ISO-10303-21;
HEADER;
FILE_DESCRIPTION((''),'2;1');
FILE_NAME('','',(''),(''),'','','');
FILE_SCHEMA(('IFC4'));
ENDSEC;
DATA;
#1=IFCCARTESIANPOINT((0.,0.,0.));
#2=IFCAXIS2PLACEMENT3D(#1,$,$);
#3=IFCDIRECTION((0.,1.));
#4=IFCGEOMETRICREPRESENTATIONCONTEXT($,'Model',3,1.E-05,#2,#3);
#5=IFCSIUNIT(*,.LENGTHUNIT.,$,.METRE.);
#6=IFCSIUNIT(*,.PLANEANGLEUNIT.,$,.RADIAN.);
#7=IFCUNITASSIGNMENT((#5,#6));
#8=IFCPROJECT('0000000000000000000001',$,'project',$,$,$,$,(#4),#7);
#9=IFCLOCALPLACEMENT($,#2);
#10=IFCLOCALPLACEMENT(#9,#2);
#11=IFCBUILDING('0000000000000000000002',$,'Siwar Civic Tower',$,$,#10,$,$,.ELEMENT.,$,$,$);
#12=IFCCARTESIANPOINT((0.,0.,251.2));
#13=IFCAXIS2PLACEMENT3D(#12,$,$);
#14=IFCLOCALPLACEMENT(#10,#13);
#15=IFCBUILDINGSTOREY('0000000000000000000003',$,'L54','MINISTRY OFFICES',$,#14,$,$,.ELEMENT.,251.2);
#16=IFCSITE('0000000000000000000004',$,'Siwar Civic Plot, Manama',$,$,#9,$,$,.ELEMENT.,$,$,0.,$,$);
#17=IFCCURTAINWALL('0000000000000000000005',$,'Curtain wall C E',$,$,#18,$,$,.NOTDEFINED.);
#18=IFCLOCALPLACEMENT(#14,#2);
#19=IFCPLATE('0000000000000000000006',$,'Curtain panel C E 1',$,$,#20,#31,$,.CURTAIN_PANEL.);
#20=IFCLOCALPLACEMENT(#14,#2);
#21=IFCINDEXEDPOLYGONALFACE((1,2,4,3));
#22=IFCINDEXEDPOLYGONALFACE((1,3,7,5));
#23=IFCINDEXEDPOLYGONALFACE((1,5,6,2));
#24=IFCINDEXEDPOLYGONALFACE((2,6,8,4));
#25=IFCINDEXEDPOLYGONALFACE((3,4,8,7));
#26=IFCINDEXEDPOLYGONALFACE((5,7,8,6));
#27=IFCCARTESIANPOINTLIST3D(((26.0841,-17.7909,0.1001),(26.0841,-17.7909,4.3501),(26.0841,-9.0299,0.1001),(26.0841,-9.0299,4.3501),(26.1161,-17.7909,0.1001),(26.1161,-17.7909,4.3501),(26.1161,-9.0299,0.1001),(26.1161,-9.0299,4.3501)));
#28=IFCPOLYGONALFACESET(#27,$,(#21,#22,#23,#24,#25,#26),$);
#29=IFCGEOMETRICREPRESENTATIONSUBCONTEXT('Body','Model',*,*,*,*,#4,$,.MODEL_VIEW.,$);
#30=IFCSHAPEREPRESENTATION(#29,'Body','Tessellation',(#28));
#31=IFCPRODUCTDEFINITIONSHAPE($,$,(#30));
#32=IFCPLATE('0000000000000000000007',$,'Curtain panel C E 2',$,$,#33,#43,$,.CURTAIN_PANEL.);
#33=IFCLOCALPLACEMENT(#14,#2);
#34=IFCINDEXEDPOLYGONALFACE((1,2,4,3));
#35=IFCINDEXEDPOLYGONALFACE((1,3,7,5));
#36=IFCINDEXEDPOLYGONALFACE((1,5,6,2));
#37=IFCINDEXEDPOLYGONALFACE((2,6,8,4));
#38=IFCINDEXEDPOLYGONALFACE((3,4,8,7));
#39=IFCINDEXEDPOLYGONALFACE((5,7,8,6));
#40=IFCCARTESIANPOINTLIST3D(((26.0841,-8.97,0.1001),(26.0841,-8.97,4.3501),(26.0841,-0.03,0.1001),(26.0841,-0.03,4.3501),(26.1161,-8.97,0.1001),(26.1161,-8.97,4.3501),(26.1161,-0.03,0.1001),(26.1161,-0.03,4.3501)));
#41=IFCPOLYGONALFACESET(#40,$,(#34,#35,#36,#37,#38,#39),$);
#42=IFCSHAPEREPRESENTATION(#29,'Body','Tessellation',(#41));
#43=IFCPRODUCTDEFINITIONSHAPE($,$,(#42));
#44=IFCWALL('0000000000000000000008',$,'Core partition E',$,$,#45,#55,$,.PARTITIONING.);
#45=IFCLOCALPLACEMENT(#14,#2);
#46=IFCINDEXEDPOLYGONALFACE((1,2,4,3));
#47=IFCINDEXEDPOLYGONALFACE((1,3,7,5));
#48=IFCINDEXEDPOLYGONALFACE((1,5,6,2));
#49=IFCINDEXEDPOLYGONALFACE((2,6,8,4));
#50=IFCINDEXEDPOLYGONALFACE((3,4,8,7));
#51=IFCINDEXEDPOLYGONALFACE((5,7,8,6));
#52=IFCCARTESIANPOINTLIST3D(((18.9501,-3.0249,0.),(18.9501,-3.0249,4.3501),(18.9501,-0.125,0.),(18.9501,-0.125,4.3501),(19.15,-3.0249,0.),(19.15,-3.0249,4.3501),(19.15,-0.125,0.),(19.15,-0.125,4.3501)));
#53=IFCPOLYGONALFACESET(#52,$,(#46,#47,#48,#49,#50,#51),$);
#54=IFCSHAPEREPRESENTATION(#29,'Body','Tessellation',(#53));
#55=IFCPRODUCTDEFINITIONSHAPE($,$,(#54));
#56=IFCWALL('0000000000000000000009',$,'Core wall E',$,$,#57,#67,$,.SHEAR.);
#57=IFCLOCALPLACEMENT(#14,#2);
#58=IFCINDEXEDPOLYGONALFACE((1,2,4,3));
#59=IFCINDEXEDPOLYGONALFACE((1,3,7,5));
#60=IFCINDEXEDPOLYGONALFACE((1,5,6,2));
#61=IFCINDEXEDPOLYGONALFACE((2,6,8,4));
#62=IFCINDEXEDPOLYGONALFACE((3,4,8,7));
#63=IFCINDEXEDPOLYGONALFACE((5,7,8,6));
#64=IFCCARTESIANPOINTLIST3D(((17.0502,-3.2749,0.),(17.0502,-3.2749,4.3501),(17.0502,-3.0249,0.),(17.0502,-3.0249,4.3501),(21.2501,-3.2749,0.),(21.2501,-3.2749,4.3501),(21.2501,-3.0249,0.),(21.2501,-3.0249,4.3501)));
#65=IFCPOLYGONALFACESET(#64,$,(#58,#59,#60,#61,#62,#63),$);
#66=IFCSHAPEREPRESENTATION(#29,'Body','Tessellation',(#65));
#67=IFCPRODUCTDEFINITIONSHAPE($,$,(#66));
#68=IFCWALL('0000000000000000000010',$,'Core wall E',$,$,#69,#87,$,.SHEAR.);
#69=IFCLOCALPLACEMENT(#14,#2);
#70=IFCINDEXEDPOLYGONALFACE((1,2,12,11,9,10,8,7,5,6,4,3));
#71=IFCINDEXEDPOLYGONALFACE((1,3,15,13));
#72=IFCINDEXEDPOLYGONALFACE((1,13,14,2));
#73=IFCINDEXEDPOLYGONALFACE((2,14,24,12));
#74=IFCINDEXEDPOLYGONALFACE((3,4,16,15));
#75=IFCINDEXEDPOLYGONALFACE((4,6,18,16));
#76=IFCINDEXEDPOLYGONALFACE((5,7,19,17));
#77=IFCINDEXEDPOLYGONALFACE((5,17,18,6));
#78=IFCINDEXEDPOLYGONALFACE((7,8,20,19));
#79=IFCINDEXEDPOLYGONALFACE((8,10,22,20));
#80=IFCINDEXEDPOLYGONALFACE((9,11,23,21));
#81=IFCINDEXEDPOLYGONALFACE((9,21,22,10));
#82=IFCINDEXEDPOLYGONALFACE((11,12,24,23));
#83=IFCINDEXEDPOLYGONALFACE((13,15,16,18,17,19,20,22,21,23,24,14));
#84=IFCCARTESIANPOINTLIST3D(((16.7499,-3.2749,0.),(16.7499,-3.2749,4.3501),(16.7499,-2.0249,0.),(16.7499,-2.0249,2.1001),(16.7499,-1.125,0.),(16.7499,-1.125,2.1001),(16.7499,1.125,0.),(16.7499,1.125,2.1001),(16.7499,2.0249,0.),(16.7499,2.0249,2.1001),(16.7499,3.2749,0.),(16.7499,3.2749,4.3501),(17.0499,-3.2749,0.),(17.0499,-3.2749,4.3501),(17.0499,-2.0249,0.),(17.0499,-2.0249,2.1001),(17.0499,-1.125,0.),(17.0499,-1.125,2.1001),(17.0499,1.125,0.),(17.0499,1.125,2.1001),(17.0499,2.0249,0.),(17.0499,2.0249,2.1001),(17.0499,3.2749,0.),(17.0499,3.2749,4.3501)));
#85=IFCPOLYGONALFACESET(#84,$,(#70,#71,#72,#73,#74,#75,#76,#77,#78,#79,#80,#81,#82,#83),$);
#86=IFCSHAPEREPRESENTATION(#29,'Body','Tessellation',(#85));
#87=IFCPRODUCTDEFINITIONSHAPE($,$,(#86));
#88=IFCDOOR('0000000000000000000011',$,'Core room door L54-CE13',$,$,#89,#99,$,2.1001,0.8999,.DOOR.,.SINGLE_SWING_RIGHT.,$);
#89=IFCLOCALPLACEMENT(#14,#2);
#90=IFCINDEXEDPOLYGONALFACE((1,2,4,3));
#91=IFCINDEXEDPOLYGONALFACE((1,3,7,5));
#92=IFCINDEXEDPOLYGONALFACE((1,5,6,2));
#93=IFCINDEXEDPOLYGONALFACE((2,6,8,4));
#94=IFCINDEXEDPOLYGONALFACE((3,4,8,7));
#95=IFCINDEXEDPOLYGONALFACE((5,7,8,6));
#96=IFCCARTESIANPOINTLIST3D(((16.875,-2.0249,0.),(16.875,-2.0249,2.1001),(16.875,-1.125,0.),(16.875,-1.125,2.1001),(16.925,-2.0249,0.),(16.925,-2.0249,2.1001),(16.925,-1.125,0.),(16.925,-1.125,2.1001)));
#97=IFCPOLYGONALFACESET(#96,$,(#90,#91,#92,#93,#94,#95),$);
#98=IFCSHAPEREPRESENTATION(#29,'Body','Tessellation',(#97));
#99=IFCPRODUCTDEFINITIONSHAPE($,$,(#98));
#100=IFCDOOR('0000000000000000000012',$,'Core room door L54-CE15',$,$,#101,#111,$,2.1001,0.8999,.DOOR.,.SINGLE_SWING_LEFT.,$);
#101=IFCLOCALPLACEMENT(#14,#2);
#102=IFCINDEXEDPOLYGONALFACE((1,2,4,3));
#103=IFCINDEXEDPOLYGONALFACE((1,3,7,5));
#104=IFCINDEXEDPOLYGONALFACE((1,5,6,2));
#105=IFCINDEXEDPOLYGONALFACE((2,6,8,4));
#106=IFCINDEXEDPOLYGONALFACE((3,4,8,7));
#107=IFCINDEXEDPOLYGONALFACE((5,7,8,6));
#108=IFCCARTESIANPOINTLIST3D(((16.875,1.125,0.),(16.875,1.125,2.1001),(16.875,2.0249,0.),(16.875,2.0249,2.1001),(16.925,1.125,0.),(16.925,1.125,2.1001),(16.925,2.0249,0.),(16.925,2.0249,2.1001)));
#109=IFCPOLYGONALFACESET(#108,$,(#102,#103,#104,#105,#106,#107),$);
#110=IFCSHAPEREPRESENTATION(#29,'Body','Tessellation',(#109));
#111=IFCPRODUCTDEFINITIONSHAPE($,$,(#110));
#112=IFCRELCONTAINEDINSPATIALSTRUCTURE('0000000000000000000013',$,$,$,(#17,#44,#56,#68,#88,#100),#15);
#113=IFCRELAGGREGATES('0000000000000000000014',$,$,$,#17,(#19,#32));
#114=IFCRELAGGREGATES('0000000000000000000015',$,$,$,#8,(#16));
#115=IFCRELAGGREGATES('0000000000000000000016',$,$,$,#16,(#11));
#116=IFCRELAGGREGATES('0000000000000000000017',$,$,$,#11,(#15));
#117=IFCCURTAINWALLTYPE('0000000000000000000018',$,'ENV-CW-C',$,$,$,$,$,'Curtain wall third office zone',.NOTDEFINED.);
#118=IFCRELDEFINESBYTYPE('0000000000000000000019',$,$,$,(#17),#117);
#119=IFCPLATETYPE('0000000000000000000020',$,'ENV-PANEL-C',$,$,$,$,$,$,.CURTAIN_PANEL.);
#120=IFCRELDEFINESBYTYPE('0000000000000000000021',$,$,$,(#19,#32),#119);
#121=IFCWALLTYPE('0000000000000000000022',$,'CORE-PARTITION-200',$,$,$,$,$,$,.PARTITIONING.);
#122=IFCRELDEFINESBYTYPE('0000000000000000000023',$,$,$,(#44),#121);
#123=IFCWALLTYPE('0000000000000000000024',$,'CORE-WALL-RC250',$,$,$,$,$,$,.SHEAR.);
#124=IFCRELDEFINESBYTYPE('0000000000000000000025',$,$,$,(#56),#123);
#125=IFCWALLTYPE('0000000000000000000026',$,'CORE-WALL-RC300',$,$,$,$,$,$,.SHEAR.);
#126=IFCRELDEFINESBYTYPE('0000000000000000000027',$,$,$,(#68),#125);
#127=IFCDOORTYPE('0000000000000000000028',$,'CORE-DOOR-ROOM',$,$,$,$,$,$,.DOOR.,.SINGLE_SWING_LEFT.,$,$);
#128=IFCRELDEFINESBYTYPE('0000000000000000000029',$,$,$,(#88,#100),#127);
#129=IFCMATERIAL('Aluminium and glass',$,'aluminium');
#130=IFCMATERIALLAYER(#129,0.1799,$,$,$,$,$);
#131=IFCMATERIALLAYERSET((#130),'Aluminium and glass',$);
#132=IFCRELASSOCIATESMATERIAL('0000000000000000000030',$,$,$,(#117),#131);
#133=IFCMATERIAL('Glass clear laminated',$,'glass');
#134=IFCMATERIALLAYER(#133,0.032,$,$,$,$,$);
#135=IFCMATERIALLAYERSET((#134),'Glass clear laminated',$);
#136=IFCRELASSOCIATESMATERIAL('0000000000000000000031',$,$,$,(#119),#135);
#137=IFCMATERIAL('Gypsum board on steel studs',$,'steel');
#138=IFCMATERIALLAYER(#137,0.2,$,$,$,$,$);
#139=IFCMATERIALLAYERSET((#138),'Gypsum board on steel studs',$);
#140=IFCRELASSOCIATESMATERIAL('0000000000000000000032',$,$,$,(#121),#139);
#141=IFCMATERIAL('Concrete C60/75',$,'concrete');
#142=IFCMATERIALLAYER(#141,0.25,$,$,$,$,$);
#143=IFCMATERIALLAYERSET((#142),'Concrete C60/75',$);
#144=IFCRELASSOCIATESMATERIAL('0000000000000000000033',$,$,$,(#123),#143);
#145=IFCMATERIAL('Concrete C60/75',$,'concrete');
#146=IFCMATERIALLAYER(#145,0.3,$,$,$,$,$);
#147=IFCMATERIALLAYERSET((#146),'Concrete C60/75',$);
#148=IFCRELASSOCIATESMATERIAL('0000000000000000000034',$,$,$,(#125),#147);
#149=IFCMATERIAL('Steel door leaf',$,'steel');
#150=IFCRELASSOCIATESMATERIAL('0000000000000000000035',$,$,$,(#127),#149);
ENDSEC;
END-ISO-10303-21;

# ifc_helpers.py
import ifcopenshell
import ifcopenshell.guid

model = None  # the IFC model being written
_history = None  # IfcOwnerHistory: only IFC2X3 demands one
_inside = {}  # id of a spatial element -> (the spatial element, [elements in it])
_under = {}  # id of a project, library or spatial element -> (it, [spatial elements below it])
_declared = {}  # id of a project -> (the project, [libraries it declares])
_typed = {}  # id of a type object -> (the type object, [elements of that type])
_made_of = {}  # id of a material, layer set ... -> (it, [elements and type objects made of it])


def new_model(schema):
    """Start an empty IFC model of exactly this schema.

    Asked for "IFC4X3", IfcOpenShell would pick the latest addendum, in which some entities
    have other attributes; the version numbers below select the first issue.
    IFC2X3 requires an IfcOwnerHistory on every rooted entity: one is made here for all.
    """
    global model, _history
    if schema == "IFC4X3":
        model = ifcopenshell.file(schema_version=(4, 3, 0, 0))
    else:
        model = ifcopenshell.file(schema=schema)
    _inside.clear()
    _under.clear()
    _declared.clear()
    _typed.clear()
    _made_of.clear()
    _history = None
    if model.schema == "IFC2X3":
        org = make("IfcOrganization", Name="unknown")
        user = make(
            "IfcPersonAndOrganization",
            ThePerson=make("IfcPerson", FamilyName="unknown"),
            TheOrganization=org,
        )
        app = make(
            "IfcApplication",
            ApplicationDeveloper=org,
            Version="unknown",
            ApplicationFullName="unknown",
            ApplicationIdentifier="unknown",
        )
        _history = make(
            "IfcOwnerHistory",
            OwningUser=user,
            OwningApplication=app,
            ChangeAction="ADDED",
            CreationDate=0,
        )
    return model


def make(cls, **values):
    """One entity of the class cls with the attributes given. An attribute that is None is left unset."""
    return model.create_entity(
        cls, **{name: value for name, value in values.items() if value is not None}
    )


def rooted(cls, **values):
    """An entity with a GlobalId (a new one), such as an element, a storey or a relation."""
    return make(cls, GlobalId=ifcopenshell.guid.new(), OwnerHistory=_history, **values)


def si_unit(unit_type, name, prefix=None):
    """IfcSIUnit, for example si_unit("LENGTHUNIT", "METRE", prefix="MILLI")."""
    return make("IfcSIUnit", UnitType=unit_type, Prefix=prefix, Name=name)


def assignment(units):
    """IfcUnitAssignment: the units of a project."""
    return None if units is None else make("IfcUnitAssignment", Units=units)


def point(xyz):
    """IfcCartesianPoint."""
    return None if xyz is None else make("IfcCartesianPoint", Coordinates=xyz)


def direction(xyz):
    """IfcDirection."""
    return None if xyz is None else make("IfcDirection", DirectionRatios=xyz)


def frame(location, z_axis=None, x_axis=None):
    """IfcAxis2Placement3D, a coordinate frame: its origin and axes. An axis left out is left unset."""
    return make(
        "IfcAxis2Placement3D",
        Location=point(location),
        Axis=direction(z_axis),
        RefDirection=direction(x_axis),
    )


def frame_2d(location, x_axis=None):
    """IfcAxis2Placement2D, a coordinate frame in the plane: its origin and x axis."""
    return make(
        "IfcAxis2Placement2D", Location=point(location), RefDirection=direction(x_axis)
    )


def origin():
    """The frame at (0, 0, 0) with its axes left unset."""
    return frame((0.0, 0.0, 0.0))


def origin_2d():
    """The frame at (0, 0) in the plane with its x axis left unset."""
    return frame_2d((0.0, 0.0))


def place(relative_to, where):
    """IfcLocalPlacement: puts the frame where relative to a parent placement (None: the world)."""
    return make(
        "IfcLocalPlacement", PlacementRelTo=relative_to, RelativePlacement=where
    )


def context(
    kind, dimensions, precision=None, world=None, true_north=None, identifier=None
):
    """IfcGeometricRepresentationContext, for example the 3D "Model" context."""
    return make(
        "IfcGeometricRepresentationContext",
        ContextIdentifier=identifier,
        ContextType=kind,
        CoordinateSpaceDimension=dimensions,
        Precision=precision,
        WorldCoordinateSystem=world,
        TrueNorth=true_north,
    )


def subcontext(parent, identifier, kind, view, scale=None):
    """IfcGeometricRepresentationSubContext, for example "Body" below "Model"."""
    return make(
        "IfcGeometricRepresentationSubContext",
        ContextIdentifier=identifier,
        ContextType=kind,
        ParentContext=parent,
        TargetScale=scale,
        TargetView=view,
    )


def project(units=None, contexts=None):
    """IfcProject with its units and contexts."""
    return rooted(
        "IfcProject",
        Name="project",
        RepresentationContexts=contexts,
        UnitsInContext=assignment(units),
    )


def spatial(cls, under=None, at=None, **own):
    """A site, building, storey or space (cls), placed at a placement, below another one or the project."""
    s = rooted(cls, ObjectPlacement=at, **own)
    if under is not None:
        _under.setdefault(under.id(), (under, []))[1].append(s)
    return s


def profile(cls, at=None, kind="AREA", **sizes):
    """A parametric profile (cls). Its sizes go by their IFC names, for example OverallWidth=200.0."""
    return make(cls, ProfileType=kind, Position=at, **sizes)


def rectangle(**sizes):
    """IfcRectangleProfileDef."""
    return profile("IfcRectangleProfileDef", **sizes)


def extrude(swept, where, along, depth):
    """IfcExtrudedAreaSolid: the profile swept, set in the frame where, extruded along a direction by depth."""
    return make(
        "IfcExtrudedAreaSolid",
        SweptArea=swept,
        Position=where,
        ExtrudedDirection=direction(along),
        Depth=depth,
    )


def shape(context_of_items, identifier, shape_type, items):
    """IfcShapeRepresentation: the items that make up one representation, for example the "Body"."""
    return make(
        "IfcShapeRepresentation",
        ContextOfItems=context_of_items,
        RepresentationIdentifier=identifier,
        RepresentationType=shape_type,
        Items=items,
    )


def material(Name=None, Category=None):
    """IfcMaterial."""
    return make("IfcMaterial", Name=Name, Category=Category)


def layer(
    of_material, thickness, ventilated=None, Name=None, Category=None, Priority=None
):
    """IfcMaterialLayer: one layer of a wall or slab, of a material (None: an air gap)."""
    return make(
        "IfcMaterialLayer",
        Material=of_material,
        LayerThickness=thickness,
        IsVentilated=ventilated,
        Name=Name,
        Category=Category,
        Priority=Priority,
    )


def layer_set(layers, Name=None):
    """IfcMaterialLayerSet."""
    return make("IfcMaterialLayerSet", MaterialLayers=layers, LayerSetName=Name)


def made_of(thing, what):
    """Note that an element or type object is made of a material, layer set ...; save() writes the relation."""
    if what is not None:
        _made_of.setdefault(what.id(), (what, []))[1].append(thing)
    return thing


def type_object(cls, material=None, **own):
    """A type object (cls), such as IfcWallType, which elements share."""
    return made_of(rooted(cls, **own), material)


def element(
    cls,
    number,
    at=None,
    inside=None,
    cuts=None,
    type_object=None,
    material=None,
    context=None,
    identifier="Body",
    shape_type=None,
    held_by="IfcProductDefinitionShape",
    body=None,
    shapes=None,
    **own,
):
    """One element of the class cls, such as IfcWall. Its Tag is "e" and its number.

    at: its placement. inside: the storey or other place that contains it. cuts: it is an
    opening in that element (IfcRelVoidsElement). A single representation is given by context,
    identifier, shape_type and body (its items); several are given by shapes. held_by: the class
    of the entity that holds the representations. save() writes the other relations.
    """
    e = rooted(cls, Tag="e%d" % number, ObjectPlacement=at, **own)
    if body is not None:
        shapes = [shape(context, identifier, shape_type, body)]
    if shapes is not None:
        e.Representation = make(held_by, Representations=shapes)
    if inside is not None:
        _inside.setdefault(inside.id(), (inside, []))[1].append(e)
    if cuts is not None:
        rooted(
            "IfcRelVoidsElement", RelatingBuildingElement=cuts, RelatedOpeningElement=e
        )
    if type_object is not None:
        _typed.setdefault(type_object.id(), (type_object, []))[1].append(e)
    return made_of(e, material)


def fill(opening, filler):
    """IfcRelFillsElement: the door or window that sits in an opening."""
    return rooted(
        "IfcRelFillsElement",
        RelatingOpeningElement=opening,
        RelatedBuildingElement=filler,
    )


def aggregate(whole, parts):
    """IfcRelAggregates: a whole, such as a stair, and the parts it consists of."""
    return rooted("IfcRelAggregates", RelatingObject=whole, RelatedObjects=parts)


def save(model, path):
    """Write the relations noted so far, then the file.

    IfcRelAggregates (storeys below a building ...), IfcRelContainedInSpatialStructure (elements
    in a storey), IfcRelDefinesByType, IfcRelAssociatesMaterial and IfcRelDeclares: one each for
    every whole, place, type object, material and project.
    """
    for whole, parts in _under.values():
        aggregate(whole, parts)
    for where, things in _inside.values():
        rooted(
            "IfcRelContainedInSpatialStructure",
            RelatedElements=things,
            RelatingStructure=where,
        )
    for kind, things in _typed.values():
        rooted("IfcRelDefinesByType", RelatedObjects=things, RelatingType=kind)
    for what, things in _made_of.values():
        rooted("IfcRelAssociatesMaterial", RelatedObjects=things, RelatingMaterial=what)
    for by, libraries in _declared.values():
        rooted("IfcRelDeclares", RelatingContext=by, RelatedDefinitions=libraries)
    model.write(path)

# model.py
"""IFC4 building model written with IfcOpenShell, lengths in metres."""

from ifc_helpers import new_model, si_unit, direction, frame, frame_2d, origin, origin_2d, place, context, subcontext, project, spatial, rectangle, extrude, material, layer, layer_set, type_object, element, fill, aggregate, save


model = new_model("IFC4")

# Units and contexts
model_context = context("Model", 3, precision=1e-05, world=origin(), true_north=direction((0.0, 1.0)))
body_context = subcontext(model_context, "Body", "Model", "MODEL_VIEW")
ifc_project = project(units=[si_unit("LENGTHUNIT", "METRE"), si_unit("PLANEANGLEUNIT", "RADIAN")], contexts=[model_context])

# Site, building, storey
site_placement = place(None, origin())
site = spatial("IfcSite", under=ifc_project, at=site_placement, Name="Siwar Civic Plot, Manama", CompositionType="ELEMENT", RefElevation=0.0)
building_placement = place(site_placement, origin())
building = spatial("IfcBuilding", under=site, at=building_placement, Name="Siwar Civic Tower", CompositionType="ELEMENT")
storey_placement = place(building_placement, frame((0.0, 0.0, 251.2)))
storey = spatial("IfcBuildingStorey", under=building, at=storey_placement, Name="L54", Description="MINISTRY OFFICES", CompositionType="ELEMENT", Elevation=251.2)

# Curtain wall
ifc_material_1 = material(Name="Aluminium and glass", Category="aluminium")
ifc_layer_1 = layer(ifc_material_1, 0.1799)
ifc_layer_set_1 = layer_set([ifc_layer_1], Name="Aluminium and glass")
curtain_wall_type = type_object("IfcCurtainWallType", Name="ENV-CW-C", ElementType="Curtain wall third office zone", PredefinedType="NOTDEFINED", material=ifc_layer_set_1)
curtain_wall_placement = place(storey_placement, origin())
curtain_wall = element("IfcCurtainWall", 1, at=curtain_wall_placement, inside=storey, type_object=curtain_wall_type, Name="Curtain wall C E", PredefinedType="NOTDEFINED")

# Plates
ifc_material_2 = material(Name="Glass clear laminated", Category="glass")
ifc_layer_2 = layer(ifc_material_2, 0.032)
ifc_layer_set_2 = layer_set([ifc_layer_2], Name="Glass clear laminated")
plate_type = type_object("IfcPlateType", Name="ENV-PANEL-C", PredefinedType="CURTAIN_PANEL", material=ifc_layer_set_2)
plate_1_placement = place(storey_placement, frame((26.1001, -13.4104, 0.1001), z_axis=(0.0, 0.0, 1.0), x_axis=(0.0, 1.0, 0.0)))
plate_1 = element("IfcPlate", 2, at=plate_1_placement, type_object=plate_type, Name="Curtain panel C E 1", PredefinedType="CURTAIN_PANEL", context=body_context, shape_type="SweptSolid", body=[
    extrude(rectangle(XDim=8.761, YDim=0.032, at=origin_2d()), origin(), (0.0, 0.0, 1.0), 4.25),
])
plate_2_placement = place(storey_placement, frame((26.1001, -4.5, 0.1001), z_axis=(0.0, 0.0, 1.0), x_axis=(0.0, 1.0, 0.0)))
plate_2 = element("IfcPlate", 3, at=plate_2_placement, type_object=plate_type, Name="Curtain panel C E 2", PredefinedType="CURTAIN_PANEL", context=body_context, shape_type="SweptSolid", body=[
    extrude(rectangle(XDim=8.9399, YDim=0.032, at=origin_2d()), origin(), (0.0, 0.0, 1.0), 4.25),
])
aggregate(curtain_wall, [plate_1, plate_2])

# Walls
ifc_material_3 = material(Name="Gypsum board on steel studs", Category="steel")
ifc_layer_3 = layer(ifc_material_3, 0.2)
ifc_layer_set_3 = layer_set([ifc_layer_3], Name="Gypsum board on steel studs")
wall_type_1 = type_object("IfcWallType", Name="CORE-PARTITION-200", PredefinedType="PARTITIONING", material=ifc_layer_set_3)
wall_1_placement = place(storey_placement, frame((19.05, -3.0249, 0.0), z_axis=(0.0, 0.0, 1.0), x_axis=(0.0, 1.0, 0.0)))
element("IfcWall", 4, at=wall_1_placement, inside=storey, type_object=wall_type_1, Name="Core partition E", PredefinedType="PARTITIONING", context=body_context, shape_type="SweptSolid", body=[
    extrude(rectangle(XDim=2.8999, YDim=0.2, at=frame_2d((1.45, 0.0))), origin(), (0.0, 0.0, 1.0), 4.3501),
])
ifc_material_4 = material(Name="Concrete C60/75", Category="concrete")
ifc_layer_4 = layer(ifc_material_4, 0.25)
ifc_layer_set_4 = layer_set([ifc_layer_4], Name="Concrete C60/75")
wall_type_2 = type_object("IfcWallType", Name="CORE-WALL-RC250", PredefinedType="SHEAR", material=ifc_layer_set_4)
wall_2_placement = place(storey_placement, frame((17.05, -3.1499, 0.0), z_axis=(0.0, 0.0, 1.0), x_axis=(1.0, 0.0, 0.0)))
element("IfcWall", 5, at=wall_2_placement, inside=storey, type_object=wall_type_2, Name="Core wall E", PredefinedType="SHEAR", context=body_context, shape_type="SweptSolid", body=[
    extrude(rectangle(XDim=4.2, YDim=0.25, at=frame_2d((2.1001, 0.0))), origin(), (0.0, 0.0, 1.0), 4.3501),
])

# Wall, openings, doors
ifc_material_5 = material(Name="Concrete C60/75", Category="concrete")
ifc_layer_5 = layer(ifc_material_5, 0.3)
ifc_layer_set_5 = layer_set([ifc_layer_5], Name="Concrete C60/75")
wall_type_3 = type_object("IfcWallType", Name="CORE-WALL-RC300", PredefinedType="SHEAR", material=ifc_layer_set_5)
wall_3_placement = place(storey_placement, frame((16.8999, -3.2749, 0.0), z_axis=(0.0, 0.0, 1.0), x_axis=(0.0, 1.0, 0.0)))
wall_3 = element("IfcWall", 6, at=wall_3_placement, inside=storey, type_object=wall_type_3, Name="Core wall E", PredefinedType="SHEAR", context=body_context, shape_type="SweptSolid", body=[
    extrude(rectangle(XDim=6.5498, YDim=0.3, at=frame_2d((3.2749, 0.0))), origin(), (0.0, 0.0, 1.0), 4.3501),
])
opening_1_placement = place(wall_3_placement, frame((1.25, 0.0, 0.0)))
opening_1 = element("IfcOpeningElement", 7, at=opening_1_placement, cuts=wall_3, PredefinedType="OPENING", context=body_context, shape_type="SweptSolid", body=[
    extrude(rectangle(XDim=0.8999, YDim=2.1001, at=frame_2d((0.45, 1.05))), frame((0.0, 0.1602, 0.0), z_axis=(0.0, -1.0, 0.0), x_axis=(1.0, 0.0, 0.0)), (0.0, 0.0, 1.0), 0.3201),
])
opening_2_placement = place(wall_3_placement, frame((4.3999, 0.0, 0.0)))
opening_2 = element("IfcOpeningElement", 8, at=opening_2_placement, cuts=wall_3, PredefinedType="OPENING", context=body_context, shape_type="SweptSolid", body=[
    extrude(rectangle(XDim=0.8999, YDim=2.1001, at=frame_2d((0.45, 1.05))), frame((0.0, 0.1602, 0.0), z_axis=(0.0, -1.0, 0.0), x_axis=(1.0, 0.0, 0.0)), (0.0, 0.0, 1.0), 0.3201),
])
ifc_material_6 = material(Name="Steel door leaf", Category="steel")
door_type_1 = type_object("IfcDoorType", Name="CORE-DOOR-ROOM", OperationType="SINGLE_SWING_LEFT", PredefinedType="DOOR", material=ifc_material_6)
door_1_placement = place(opening_1_placement, origin())
door_1 = element("IfcDoor", 9, at=door_1_placement, inside=storey, type_object=door_type_1, Name="Core room door L54-CE13", OperationType="SINGLE_SWING_RIGHT", OverallHeight=2.1001, OverallWidth=0.8999, PredefinedType="DOOR", context=body_context, shape_type="SweptSolid", body=[
    extrude(rectangle(XDim=0.8999, YDim=2.1001, at=frame_2d((0.45, 1.05))), frame((0.0, 0.0249, 0.0), z_axis=(0.0, -1.0, 0.0), x_axis=(1.0, 0.0, 0.0)), (0.0, 0.0, 1.0), 0.05),
])
fill(opening_1, door_1)
door_2_placement = place(opening_2_placement, origin())
door_2 = element("IfcDoor", 10, at=door_2_placement, inside=storey, type_object=door_type_1, Name="Core room door L54-CE15", OperationType="SINGLE_SWING_LEFT", OverallHeight=2.1001, OverallWidth=0.8999, PredefinedType="DOOR", context=body_context, shape_type="SweptSolid", body=[
    extrude(rectangle(XDim=0.8999, YDim=2.1001, at=frame_2d((0.45, 1.05))), frame((0.0, 0.0249, 0.0), z_axis=(0.0, -1.0, 0.0), x_axis=(1.0, 0.0, 0.0)), (0.0, 0.0, 1.0), 0.05),
])
fill(opening_2, door_2)

save(model, "model.ifc")
